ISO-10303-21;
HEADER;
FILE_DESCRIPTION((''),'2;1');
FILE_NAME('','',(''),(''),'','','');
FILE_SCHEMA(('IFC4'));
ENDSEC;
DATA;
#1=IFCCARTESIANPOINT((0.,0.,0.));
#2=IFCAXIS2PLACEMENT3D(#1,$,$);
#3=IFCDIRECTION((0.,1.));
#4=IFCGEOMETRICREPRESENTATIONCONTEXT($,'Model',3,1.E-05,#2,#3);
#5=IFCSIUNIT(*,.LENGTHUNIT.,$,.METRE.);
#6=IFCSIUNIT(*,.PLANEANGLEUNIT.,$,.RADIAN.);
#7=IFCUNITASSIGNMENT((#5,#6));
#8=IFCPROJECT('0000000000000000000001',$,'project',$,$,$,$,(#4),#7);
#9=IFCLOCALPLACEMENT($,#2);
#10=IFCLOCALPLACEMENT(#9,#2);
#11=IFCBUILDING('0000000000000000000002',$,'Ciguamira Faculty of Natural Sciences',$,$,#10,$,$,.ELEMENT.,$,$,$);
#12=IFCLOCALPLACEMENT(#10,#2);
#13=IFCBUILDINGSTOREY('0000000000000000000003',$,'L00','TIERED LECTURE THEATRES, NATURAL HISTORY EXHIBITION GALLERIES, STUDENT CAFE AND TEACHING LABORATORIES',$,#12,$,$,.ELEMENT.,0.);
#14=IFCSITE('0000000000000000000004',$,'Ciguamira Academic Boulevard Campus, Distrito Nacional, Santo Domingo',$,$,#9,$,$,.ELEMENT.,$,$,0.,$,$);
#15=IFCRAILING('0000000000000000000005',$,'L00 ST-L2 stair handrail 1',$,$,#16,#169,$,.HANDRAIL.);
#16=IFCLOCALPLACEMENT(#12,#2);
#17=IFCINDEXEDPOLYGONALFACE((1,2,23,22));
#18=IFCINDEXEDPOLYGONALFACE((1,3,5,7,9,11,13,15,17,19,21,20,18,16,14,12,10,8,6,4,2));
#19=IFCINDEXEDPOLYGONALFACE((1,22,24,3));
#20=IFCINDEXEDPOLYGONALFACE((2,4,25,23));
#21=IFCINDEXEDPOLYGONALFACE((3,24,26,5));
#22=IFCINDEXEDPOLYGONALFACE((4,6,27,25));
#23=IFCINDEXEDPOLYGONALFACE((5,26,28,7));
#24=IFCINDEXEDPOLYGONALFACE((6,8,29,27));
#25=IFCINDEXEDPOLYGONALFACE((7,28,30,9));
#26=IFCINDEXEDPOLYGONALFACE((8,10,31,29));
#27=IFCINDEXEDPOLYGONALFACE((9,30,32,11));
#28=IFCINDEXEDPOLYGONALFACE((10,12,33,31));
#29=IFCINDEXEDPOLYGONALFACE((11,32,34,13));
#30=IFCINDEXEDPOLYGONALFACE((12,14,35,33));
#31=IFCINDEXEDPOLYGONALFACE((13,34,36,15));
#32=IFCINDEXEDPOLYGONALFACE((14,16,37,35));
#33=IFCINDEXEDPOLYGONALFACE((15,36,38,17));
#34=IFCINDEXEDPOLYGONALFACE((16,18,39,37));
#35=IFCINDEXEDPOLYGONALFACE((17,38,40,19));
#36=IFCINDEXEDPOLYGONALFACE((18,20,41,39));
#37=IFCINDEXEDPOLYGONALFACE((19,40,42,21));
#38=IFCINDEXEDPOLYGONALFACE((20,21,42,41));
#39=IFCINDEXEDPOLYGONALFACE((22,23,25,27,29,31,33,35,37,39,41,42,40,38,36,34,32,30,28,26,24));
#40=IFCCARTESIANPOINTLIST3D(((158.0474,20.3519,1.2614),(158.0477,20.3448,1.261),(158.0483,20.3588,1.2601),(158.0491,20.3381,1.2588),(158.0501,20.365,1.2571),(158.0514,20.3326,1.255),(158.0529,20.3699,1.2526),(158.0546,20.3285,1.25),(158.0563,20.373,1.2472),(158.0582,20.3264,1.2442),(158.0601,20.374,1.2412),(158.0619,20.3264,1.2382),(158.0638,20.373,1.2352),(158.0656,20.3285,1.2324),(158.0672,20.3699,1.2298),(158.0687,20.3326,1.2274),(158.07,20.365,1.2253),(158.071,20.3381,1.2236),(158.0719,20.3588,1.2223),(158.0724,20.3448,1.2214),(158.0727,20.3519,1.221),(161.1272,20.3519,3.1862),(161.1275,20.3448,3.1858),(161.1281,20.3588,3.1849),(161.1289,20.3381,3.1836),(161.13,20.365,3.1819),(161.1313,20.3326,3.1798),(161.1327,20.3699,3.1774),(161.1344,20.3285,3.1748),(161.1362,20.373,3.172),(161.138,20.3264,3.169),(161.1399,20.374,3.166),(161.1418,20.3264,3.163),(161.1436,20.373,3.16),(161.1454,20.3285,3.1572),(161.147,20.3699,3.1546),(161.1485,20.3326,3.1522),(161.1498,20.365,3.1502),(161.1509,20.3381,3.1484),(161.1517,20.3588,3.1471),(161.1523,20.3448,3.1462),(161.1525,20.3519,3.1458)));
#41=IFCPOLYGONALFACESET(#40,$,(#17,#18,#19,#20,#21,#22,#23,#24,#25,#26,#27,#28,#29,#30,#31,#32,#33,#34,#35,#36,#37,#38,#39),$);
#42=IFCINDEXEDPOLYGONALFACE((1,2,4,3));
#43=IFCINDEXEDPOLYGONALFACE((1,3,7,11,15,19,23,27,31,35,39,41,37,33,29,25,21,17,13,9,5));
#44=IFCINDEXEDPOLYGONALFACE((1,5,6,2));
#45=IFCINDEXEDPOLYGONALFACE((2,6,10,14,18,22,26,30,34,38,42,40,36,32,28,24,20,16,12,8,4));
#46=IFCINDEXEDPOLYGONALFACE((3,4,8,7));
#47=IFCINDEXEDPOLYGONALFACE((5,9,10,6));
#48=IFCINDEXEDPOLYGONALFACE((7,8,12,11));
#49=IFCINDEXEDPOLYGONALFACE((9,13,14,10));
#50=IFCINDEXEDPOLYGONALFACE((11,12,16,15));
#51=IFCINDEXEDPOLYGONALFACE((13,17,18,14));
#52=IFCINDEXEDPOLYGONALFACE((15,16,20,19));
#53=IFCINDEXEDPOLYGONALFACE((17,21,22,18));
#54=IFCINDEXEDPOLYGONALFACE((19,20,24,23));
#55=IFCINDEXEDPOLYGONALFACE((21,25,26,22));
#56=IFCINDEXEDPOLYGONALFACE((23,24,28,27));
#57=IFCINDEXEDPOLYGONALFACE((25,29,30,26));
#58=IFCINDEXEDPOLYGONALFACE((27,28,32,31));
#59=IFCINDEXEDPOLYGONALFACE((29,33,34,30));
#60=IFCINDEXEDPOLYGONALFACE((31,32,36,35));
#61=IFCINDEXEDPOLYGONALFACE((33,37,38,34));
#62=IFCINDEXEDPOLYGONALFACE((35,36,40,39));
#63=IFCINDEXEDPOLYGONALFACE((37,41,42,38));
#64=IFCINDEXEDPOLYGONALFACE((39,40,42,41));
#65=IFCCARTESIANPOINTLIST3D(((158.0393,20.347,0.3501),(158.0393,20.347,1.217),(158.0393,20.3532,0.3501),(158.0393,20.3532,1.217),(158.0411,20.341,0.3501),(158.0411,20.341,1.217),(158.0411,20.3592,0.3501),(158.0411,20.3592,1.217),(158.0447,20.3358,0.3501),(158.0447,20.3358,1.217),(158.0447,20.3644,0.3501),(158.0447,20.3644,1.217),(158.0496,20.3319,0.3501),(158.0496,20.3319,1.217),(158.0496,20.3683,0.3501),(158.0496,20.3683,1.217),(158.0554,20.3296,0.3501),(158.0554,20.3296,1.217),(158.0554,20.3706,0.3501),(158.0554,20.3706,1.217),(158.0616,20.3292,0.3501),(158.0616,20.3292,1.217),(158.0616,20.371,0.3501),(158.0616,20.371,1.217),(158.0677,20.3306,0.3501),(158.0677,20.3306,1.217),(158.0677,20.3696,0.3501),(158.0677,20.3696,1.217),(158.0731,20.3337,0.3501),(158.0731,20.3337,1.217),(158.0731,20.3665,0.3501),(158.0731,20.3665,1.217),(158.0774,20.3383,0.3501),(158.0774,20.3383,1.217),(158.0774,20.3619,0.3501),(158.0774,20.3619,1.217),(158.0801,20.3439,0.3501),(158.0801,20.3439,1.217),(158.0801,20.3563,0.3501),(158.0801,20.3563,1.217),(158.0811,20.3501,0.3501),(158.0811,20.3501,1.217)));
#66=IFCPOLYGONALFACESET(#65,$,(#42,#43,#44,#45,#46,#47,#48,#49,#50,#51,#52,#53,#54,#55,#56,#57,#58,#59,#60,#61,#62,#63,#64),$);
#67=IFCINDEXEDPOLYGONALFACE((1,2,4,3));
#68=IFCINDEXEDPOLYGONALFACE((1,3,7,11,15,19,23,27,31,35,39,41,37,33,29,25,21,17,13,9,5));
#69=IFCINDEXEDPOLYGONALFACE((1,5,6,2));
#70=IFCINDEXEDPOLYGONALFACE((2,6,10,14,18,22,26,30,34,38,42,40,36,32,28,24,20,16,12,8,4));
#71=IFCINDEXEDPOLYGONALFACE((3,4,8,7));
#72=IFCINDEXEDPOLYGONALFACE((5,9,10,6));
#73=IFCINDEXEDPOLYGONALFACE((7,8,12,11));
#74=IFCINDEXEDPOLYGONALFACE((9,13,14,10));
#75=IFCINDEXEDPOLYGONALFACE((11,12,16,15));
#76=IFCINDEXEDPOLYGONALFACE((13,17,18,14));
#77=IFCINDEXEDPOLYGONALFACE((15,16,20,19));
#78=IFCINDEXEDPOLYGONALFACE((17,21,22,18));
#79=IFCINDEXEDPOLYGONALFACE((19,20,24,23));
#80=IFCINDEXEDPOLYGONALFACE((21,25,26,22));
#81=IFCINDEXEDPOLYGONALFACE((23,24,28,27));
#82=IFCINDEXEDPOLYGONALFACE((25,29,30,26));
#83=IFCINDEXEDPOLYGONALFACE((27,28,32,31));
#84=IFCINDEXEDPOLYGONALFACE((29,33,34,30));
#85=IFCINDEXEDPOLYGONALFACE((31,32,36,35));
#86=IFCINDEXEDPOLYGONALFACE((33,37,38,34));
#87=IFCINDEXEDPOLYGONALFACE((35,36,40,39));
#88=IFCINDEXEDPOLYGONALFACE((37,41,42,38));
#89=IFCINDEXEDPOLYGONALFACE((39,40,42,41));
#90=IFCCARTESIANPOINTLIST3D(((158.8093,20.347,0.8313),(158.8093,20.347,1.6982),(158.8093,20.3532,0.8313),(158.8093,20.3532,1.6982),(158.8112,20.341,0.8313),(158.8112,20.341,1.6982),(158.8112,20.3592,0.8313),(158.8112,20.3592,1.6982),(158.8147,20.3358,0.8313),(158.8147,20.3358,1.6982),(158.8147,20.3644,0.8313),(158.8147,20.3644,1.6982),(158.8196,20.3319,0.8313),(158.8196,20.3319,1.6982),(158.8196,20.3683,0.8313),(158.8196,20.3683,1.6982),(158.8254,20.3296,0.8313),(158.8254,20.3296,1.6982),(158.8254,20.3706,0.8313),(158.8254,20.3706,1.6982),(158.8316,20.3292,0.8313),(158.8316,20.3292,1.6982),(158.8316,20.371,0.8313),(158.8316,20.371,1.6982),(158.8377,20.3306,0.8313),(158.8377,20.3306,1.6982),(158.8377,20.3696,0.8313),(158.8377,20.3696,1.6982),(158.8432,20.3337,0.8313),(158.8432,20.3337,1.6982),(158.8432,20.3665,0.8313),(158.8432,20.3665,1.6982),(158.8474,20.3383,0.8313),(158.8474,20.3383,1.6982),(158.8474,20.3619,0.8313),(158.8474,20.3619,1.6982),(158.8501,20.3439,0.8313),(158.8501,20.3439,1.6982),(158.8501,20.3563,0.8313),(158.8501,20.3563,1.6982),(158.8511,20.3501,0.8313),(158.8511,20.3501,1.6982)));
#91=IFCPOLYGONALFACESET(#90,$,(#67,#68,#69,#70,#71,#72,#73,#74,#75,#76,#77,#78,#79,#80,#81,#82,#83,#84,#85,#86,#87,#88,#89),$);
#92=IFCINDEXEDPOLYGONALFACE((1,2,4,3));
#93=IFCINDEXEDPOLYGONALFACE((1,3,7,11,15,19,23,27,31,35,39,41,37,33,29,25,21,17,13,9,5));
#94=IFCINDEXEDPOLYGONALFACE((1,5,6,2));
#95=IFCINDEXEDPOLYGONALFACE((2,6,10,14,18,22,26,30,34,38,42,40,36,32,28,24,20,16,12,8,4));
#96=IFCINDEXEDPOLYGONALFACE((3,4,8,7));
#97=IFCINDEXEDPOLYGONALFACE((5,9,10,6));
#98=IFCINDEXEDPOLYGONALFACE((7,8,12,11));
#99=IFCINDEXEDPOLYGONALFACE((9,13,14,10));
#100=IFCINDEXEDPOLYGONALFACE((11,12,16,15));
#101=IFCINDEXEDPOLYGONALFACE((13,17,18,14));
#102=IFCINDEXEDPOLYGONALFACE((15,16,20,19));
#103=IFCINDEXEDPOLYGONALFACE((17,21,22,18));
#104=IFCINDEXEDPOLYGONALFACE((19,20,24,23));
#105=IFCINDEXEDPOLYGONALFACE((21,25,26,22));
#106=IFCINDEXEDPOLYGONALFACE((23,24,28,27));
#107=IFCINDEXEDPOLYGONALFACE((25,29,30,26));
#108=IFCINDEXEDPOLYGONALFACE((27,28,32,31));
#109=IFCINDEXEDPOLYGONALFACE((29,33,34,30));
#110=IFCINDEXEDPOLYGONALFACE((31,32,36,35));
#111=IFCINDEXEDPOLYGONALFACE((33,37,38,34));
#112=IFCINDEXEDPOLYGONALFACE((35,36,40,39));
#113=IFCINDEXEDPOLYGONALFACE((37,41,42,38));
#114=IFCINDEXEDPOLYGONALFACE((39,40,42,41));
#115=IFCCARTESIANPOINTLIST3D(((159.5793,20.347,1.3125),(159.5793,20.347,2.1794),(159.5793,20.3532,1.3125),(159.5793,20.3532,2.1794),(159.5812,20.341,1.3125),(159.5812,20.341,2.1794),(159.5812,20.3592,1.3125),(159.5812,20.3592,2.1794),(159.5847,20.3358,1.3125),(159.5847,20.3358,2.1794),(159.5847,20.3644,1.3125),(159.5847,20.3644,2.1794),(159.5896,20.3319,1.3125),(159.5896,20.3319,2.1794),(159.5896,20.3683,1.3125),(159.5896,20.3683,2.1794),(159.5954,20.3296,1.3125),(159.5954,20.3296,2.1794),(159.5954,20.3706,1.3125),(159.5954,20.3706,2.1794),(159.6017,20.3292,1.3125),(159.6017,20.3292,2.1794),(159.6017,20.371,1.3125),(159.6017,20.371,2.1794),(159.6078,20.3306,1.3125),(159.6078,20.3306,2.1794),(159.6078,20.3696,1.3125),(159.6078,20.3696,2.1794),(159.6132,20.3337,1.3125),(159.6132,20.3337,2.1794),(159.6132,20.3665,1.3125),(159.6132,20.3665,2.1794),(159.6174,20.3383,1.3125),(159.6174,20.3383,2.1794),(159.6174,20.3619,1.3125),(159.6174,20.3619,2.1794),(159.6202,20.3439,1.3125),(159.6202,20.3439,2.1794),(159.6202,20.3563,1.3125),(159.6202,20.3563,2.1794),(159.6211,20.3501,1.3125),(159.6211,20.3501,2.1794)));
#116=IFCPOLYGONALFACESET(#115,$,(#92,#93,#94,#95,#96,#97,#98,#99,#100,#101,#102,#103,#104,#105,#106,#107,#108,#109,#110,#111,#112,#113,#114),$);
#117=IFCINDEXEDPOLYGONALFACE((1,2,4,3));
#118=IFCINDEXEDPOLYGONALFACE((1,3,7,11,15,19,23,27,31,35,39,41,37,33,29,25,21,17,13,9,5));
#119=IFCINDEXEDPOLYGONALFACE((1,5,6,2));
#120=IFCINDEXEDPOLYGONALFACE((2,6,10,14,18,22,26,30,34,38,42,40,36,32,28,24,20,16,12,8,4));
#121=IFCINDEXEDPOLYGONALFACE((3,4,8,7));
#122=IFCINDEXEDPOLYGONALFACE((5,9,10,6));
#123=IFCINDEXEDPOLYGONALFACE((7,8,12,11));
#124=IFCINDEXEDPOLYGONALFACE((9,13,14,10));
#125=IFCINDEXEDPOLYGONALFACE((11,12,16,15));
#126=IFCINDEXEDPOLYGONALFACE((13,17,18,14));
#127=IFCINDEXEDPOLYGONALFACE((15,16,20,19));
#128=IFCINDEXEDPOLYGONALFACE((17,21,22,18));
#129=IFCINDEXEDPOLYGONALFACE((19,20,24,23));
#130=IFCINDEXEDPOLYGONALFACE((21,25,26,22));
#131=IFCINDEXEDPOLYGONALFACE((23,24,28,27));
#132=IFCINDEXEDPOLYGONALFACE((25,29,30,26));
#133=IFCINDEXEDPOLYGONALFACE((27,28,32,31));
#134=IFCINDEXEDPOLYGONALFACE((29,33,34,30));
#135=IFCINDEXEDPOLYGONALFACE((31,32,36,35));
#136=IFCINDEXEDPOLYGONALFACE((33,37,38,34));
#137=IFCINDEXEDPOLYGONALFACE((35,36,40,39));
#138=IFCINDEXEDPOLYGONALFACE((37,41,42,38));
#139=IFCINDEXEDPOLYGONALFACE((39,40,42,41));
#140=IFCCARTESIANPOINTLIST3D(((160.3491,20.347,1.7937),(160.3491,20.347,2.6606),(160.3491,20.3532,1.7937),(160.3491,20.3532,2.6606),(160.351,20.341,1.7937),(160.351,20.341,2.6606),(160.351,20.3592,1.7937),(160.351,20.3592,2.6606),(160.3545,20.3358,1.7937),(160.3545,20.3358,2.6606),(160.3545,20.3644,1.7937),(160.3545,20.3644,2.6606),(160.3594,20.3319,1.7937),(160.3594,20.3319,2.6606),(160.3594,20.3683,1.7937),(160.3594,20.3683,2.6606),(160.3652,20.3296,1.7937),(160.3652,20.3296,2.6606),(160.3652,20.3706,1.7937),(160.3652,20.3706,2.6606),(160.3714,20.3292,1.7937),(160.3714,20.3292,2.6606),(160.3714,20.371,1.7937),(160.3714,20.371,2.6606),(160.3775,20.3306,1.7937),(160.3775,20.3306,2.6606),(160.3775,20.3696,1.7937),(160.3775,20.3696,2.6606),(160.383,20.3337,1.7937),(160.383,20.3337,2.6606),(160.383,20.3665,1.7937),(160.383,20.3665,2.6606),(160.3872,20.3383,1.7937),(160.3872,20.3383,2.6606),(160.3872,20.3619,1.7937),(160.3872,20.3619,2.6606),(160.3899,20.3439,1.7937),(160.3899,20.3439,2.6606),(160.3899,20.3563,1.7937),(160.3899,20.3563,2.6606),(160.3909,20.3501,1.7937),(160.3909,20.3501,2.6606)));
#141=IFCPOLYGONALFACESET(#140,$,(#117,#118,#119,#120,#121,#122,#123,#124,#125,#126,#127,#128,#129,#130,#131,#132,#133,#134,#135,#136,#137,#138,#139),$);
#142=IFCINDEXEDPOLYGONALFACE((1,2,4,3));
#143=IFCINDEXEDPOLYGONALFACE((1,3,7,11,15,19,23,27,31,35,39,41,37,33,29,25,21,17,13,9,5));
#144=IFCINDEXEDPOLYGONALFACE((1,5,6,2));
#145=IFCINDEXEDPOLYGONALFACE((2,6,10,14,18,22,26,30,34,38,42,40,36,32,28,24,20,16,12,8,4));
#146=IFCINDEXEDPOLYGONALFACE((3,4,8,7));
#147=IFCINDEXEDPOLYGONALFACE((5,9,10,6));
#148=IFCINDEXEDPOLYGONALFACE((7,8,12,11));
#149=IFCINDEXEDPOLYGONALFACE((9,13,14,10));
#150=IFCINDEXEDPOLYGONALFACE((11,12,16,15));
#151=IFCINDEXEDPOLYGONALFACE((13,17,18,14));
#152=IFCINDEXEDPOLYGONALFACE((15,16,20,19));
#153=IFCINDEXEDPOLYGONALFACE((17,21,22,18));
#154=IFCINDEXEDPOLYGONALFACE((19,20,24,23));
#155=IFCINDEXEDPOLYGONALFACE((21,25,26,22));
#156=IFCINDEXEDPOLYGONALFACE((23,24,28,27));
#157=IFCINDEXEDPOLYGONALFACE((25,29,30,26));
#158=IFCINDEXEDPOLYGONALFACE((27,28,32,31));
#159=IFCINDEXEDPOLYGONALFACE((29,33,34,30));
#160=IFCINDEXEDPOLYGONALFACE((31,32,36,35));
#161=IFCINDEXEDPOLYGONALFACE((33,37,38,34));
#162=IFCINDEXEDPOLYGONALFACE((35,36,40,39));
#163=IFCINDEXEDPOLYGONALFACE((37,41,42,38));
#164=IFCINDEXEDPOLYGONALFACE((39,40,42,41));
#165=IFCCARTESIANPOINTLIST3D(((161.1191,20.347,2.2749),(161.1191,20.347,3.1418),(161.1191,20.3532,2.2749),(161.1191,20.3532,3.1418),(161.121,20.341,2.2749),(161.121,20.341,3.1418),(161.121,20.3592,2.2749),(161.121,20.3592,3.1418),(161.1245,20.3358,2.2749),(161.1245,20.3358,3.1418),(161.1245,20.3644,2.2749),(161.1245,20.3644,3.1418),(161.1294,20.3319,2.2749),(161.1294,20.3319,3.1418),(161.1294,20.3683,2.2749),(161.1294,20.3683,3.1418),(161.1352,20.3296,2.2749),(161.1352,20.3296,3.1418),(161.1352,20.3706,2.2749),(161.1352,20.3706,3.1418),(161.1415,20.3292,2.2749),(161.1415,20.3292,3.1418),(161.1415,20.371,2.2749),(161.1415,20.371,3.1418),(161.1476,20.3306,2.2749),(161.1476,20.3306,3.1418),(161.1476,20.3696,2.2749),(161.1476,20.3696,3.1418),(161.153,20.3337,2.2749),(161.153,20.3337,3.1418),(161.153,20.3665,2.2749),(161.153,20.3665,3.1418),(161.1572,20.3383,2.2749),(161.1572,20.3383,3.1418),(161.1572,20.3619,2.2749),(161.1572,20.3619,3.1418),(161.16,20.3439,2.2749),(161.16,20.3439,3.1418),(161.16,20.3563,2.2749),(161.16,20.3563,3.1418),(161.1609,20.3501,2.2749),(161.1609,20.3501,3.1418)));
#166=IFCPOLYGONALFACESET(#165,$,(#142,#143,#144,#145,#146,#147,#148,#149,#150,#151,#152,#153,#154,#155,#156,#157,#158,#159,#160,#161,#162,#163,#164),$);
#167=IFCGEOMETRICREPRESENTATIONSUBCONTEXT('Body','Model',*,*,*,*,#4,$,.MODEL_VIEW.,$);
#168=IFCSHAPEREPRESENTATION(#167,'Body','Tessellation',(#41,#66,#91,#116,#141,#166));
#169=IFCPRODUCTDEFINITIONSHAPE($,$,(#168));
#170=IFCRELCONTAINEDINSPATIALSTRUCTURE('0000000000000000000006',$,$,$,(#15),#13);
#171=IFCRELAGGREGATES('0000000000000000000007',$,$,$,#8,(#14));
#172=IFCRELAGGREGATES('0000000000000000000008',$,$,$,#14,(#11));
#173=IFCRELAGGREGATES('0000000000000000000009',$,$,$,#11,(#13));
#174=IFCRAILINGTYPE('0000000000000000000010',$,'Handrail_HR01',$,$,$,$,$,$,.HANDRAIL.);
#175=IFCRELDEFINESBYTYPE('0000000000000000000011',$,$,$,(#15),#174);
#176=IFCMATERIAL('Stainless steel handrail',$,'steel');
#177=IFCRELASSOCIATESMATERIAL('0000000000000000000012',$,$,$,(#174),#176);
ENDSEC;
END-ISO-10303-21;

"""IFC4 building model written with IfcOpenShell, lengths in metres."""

from ifc_helpers import new_model, si_unit, direction, frame, origin, origin_2d, place, context, subcontext, project, spatial, circle, extrude, material, type_object, element, save


model = new_model("IFC4")

# Units and contexts
model_context = context("Model", 3, precision=1e-05, world=origin(), true_north=direction((0.0, 1.0)))
body_context = subcontext(model_context, "Body", "Model", "MODEL_VIEW")
ifc_project = project(units=[si_unit("LENGTHUNIT", "METRE"), si_unit("PLANEANGLEUNIT", "RADIAN")], contexts=[model_context])

# Site, building, storey
site_placement = place(None, origin())
site = spatial("IfcSite", under=ifc_project, at=site_placement, Name="Ciguamira Academic Boulevard Campus, Distrito Nacional, Santo Domingo", CompositionType="ELEMENT", RefElevation=0.0)
building_placement = place(site_placement, origin())
building = spatial("IfcBuilding", under=site, at=building_placement, Name="Ciguamira Faculty of Natural Sciences", CompositionType="ELEMENT")
storey_placement = place(building_placement, origin())
storey = spatial("IfcBuildingStorey", under=building, at=storey_placement, Name="L00", Description="TIERED LECTURE THEATRES, NATURAL HISTORY EXHIBITION GALLERIES, STUDENT CAFE AND TEACHING LABORATORIES", CompositionType="ELEMENT", Elevation=0.0)

# Railing
ifc_material_1 = material(Name="Stainless steel handrail", Category="steel")
railing_type_1 = type_object("IfcRailingType", Name="Handrail_HR01", PredefinedType="HANDRAIL", material=ifc_material_1)
railing_1_placement = place(storey_placement, frame((158.0601, 20.3501, 0.3501)))
element("IfcRailing", 1, at=railing_1_placement, inside=storey, type_object=railing_type_1, Name="L00 ST-L2 stair handrail 1", PredefinedType="HANDRAIL", context=body_context, shape_type="SweptSolid", body=[
    extrude(circle(Radius=0.0239, at=origin_2d()), frame((0.0, 0.0, 0.8911), z_axis=(0.84801, 0.0, 0.529981), x_axis=(0.0, 1.0, 0.0)), (0.0, 0.0, 1.0), 3.6318),
    extrude(circle(Radius=0.021, at=origin_2d()), origin(), (0.0, 0.0, 1.0), 0.8669),
    extrude(circle(Radius=0.021, at=origin_2d()), frame((0.77, 0.0, 0.4812)), (0.0, 0.0, 1.0), 0.8669),
    extrude(circle(Radius=0.021, at=origin_2d()), frame((1.54, 0.0, 0.9624)), (0.0, 0.0, 1.0), 0.8669),
    extrude(circle(Radius=0.021, at=origin_2d()), frame((2.3098, 0.0, 1.4436)), (0.0, 0.0, 1.0), 0.8669),
    extrude(circle(Radius=0.021, at=origin_2d()), frame((3.0798, 0.0, 1.9248)), (0.0, 0.0, 1.0), 0.8669),
])

save(model, "model.ifc")
